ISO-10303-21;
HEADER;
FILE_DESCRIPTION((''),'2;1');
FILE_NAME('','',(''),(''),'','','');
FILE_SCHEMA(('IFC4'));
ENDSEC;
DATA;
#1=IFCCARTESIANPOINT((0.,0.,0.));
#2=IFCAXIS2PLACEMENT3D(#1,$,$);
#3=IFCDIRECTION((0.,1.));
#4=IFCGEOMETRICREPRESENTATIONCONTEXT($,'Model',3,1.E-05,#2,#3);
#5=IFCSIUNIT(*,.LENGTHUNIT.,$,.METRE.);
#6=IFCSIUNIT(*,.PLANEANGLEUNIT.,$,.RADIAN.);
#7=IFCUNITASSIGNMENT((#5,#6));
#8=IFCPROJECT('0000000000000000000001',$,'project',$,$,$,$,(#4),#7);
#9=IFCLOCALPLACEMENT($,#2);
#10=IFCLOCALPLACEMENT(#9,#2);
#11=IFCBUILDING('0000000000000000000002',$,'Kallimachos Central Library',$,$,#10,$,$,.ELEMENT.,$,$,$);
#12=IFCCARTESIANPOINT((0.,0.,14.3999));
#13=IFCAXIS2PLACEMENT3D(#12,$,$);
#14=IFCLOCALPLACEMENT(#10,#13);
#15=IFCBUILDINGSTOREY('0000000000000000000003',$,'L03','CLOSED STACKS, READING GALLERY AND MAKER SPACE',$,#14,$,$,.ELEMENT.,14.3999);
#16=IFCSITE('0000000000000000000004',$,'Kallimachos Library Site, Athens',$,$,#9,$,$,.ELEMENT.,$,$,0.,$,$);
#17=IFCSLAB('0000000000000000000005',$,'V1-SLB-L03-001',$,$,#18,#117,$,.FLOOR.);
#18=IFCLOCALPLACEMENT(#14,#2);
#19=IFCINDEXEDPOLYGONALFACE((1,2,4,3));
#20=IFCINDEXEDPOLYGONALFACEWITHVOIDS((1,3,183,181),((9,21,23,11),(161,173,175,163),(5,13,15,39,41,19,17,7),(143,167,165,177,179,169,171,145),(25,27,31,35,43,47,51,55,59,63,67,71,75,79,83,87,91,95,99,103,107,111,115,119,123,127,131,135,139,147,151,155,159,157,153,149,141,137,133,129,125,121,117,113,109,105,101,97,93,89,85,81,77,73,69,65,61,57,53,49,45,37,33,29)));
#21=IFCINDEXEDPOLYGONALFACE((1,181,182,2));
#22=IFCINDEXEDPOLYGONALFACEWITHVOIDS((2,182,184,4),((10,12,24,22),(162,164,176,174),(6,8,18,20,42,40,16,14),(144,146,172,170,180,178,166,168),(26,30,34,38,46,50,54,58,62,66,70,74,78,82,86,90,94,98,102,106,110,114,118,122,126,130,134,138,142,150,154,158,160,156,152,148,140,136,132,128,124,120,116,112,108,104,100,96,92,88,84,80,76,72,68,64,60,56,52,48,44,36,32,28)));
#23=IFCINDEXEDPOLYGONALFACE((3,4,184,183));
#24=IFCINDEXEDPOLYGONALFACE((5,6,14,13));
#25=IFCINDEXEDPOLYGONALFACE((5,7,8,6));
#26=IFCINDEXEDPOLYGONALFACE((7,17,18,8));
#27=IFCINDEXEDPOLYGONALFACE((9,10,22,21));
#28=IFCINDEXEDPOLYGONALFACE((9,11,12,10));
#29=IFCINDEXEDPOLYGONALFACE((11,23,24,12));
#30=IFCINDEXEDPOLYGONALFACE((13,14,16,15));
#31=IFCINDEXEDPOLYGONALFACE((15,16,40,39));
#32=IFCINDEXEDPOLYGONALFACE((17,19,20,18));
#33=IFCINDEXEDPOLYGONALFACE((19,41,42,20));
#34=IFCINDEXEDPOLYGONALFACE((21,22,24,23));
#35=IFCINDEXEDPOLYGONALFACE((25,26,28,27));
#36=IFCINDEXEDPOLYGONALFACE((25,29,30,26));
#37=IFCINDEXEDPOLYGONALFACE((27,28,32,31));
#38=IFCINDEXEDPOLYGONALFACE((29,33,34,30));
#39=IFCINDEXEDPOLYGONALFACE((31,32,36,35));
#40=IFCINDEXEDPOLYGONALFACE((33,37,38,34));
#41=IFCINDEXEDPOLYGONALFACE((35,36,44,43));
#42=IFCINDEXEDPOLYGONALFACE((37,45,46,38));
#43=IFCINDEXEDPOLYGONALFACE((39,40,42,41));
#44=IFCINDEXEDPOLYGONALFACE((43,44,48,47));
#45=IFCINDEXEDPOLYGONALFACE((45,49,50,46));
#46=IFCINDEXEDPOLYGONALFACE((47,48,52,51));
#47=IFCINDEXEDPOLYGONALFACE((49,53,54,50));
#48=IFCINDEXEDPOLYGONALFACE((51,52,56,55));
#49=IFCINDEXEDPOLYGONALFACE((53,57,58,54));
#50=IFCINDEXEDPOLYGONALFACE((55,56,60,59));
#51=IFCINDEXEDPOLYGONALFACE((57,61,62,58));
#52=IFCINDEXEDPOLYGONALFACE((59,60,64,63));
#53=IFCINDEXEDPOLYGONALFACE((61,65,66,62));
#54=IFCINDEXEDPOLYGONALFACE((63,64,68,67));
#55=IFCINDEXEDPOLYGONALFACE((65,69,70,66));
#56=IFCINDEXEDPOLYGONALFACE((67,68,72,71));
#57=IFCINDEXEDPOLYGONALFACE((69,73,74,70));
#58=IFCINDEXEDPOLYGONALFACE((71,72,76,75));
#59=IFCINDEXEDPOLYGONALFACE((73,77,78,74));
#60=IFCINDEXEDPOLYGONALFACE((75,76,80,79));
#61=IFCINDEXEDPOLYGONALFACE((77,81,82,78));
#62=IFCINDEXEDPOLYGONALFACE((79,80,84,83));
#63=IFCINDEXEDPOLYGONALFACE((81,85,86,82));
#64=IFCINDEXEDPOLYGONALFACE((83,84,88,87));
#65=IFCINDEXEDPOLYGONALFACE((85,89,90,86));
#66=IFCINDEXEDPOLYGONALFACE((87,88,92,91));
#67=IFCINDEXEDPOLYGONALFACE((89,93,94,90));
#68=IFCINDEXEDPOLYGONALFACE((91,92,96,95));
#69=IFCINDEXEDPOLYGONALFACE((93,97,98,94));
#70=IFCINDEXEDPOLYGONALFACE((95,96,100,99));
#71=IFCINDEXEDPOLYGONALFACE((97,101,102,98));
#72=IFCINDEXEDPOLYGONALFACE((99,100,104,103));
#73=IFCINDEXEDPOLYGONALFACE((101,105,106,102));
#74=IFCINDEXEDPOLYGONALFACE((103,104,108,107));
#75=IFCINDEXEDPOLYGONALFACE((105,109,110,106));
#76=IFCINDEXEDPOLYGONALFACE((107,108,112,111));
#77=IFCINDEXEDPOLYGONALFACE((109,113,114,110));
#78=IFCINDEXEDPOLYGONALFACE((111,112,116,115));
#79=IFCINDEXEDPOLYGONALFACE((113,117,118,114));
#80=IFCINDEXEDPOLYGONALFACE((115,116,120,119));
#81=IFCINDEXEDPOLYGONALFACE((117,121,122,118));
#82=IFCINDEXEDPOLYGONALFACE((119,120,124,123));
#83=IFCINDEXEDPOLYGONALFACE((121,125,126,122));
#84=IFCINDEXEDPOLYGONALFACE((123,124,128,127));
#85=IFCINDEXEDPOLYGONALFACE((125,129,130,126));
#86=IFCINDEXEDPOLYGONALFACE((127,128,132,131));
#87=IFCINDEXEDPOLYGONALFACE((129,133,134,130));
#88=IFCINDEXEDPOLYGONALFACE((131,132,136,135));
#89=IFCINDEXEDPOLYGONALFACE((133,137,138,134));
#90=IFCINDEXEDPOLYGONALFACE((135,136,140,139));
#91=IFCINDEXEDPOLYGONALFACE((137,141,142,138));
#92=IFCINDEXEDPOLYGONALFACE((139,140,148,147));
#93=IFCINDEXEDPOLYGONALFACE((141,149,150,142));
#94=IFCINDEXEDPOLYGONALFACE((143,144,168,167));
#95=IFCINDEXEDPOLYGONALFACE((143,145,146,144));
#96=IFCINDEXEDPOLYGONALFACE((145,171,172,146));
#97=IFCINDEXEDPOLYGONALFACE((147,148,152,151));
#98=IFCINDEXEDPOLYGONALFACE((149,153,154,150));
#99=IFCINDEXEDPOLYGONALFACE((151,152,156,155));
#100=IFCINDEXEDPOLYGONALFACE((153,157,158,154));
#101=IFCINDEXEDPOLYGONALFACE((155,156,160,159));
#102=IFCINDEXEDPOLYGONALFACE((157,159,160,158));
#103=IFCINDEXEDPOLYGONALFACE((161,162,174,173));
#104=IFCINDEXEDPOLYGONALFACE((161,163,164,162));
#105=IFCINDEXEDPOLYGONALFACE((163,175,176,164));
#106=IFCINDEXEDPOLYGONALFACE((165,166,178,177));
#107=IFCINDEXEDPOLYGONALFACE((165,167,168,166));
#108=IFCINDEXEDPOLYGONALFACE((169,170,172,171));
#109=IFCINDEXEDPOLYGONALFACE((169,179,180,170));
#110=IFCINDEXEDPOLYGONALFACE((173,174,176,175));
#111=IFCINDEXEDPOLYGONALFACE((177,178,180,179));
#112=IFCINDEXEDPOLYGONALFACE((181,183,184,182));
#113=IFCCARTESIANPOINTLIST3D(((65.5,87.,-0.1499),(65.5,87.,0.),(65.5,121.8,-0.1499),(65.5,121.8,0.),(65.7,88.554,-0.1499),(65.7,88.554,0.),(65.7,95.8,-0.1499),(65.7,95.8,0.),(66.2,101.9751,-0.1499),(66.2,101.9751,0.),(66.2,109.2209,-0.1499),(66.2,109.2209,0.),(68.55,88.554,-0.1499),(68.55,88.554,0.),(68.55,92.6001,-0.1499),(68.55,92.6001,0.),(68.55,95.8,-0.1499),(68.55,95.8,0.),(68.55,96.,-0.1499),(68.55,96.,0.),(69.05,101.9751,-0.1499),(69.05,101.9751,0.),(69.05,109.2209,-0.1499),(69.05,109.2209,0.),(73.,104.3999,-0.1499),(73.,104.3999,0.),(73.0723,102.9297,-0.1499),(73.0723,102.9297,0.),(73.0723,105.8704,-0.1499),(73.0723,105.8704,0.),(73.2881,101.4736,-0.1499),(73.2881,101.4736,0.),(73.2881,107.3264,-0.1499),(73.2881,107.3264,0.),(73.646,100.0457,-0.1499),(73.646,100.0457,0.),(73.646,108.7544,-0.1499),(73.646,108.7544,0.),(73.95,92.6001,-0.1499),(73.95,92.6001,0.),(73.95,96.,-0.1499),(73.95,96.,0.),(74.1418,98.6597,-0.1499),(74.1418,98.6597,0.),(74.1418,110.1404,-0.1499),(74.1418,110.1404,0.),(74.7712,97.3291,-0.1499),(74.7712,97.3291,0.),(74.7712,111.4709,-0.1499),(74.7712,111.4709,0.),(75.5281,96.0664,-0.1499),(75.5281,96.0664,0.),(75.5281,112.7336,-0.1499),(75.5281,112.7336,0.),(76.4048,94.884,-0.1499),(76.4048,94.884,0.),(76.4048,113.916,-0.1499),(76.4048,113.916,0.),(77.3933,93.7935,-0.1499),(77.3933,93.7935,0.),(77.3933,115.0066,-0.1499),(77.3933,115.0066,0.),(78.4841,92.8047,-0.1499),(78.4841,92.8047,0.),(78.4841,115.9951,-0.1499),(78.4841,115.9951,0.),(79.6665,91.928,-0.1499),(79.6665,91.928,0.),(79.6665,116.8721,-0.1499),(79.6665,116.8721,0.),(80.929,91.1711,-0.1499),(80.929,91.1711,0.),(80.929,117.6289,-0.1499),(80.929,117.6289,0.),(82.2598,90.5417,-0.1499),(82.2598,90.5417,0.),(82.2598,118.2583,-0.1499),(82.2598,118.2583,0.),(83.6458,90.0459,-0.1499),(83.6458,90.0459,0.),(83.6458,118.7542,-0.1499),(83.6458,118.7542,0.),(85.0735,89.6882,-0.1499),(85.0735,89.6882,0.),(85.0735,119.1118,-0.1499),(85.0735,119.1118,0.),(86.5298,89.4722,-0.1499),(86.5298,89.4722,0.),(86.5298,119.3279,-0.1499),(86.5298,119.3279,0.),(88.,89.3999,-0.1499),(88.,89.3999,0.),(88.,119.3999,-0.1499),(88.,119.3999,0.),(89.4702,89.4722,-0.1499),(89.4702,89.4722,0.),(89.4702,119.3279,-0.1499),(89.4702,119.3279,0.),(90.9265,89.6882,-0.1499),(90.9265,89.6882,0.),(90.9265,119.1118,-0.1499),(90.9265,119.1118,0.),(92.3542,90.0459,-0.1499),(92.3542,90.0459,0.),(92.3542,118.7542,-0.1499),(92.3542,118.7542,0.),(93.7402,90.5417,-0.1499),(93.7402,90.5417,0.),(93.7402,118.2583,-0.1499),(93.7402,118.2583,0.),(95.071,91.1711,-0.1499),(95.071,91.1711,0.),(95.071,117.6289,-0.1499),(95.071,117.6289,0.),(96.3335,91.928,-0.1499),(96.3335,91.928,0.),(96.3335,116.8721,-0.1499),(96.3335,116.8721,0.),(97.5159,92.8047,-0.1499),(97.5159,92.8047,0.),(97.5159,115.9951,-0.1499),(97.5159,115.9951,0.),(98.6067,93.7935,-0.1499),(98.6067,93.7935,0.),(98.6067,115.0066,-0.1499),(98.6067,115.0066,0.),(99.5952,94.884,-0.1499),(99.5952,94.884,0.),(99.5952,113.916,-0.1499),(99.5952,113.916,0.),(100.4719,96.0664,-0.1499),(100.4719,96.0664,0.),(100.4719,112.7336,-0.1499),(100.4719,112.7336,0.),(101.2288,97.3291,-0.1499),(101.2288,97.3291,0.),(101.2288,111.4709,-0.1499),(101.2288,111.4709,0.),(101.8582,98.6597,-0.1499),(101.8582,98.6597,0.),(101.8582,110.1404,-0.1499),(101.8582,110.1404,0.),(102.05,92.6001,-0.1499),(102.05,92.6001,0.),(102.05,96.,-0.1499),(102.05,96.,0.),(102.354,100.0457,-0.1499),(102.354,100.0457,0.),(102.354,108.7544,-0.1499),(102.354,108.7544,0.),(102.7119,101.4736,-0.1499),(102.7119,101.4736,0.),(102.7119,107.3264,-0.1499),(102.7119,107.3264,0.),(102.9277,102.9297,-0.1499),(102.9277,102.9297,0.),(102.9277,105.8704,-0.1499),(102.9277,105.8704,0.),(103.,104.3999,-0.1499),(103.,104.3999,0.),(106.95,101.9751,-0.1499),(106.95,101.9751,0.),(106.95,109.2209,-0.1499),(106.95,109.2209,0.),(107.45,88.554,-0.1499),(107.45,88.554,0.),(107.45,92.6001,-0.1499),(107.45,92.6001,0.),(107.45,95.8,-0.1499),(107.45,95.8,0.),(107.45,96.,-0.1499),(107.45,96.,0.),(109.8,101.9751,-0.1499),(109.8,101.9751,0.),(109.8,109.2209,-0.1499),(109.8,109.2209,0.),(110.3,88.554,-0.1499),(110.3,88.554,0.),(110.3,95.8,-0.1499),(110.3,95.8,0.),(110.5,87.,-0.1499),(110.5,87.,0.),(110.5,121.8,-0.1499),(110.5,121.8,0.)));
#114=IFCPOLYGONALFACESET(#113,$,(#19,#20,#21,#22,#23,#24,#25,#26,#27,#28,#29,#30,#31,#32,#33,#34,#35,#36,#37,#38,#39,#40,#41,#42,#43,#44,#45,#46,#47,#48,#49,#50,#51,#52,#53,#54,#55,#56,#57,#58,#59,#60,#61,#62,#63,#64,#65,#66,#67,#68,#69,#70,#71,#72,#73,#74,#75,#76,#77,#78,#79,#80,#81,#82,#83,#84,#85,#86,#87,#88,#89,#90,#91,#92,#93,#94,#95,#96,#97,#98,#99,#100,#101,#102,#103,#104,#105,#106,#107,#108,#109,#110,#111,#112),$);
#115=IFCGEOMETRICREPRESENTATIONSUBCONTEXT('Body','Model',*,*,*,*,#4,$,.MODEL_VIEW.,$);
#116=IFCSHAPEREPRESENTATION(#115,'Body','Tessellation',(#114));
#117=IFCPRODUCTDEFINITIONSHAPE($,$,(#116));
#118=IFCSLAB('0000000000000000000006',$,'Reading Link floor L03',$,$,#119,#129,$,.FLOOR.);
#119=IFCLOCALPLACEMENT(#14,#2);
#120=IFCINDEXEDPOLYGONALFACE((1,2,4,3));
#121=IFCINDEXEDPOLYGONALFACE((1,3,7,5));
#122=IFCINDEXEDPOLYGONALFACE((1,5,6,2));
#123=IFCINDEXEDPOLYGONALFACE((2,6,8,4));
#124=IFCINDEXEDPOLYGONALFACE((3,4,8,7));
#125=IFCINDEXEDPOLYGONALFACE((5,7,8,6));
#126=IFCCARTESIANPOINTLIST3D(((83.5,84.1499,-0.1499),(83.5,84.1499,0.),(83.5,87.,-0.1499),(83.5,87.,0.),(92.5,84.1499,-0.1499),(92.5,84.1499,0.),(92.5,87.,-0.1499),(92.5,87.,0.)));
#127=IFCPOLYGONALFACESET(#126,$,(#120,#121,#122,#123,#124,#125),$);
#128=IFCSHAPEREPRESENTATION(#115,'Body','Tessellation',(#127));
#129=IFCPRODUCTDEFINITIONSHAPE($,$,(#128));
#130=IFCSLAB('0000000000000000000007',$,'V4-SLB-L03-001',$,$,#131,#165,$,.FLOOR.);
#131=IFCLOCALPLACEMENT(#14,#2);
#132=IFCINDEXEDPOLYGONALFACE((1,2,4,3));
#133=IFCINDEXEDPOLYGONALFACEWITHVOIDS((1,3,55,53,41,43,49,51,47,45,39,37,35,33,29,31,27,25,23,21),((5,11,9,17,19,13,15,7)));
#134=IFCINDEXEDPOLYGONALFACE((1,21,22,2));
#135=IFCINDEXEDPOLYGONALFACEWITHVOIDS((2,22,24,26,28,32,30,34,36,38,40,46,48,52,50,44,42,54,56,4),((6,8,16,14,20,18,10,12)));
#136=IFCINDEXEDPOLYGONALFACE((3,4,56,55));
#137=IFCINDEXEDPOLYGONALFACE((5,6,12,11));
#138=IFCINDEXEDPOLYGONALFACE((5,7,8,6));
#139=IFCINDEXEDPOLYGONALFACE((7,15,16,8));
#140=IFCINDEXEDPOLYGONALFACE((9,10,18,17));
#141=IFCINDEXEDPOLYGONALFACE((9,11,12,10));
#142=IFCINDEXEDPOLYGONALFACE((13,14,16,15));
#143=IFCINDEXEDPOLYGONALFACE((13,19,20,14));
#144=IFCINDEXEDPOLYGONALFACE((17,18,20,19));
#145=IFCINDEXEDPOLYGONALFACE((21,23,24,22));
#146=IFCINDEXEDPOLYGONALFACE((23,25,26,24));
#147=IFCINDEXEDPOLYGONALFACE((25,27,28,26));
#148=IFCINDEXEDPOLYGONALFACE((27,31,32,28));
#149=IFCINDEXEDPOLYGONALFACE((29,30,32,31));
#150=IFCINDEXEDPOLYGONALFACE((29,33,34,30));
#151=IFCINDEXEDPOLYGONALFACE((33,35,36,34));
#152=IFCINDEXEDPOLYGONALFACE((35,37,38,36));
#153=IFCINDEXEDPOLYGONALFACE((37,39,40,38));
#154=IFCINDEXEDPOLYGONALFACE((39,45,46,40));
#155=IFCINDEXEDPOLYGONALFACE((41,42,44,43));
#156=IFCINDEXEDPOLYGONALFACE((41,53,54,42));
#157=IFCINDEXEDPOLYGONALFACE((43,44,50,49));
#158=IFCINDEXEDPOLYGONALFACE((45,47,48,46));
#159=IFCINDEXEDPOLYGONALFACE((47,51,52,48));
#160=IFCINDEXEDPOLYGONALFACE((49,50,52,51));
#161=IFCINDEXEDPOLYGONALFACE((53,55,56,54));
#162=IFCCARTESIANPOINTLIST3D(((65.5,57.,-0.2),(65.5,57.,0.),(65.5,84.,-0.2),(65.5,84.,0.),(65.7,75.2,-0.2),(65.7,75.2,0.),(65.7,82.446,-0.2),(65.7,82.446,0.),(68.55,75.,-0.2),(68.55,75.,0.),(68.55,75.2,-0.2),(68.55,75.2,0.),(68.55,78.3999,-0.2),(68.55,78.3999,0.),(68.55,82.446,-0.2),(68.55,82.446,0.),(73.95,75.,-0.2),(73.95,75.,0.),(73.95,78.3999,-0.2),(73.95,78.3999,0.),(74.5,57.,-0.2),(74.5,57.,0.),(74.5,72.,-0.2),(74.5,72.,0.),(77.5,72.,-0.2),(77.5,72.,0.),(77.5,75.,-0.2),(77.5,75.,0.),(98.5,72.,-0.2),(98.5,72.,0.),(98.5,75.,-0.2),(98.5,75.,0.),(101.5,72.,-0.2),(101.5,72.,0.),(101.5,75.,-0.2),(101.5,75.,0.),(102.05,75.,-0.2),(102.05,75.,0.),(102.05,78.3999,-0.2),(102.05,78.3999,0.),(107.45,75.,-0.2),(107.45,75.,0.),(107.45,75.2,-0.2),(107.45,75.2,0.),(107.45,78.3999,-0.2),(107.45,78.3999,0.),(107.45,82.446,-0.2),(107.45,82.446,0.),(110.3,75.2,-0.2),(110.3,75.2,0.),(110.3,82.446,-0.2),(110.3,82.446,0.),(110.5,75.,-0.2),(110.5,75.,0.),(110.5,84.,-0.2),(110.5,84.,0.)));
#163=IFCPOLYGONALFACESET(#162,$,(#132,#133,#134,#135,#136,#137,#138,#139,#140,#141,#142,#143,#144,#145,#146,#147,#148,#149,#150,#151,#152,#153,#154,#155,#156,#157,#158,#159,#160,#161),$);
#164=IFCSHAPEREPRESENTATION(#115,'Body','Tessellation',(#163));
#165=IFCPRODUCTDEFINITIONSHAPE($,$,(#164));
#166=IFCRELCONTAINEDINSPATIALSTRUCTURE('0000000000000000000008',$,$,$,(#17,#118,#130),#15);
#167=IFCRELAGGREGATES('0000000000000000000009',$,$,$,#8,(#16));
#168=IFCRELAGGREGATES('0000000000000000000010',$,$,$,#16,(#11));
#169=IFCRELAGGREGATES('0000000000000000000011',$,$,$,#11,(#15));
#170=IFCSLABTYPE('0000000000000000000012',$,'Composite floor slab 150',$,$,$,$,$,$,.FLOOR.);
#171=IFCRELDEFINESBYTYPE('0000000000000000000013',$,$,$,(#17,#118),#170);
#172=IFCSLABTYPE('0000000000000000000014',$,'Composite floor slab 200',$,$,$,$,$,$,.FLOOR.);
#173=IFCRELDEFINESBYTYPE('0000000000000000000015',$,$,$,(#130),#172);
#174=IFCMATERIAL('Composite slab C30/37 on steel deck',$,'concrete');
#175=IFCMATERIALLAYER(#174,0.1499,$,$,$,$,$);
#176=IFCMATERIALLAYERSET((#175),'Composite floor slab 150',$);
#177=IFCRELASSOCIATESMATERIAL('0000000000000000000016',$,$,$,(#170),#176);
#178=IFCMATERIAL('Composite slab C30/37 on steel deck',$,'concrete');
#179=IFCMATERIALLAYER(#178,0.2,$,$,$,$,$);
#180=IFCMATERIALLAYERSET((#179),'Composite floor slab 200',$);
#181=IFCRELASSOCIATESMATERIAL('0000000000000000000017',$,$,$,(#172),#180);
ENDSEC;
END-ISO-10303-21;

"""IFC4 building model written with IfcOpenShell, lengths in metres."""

from ifc_helpers import new_model, si_unit, direction, frame, origin, place, context, subcontext, project, spatial, polyline, outline, extrude, material, layer, layer_set, type_object, element, save


model = new_model("IFC4")

# Units and contexts
model_context = context("Model", 3, precision=1e-05, world=origin(), true_north=direction((0.0, 1.0)))
body_context = subcontext(model_context, "Body", "Model", "MODEL_VIEW")
ifc_project = project(units=[si_unit("LENGTHUNIT", "METRE"), si_unit("PLANEANGLEUNIT", "RADIAN")], contexts=[model_context])

# Site, building, storey
site_placement = place(None, origin())
site = spatial("IfcSite", under=ifc_project, at=site_placement, Name="Kallimachos Library Site, Athens", CompositionType="ELEMENT", RefElevation=0.0)
building_placement = place(site_placement, origin())
building = spatial("IfcBuilding", under=site, at=building_placement, Name="Kallimachos Central Library", CompositionType="ELEMENT")
storey_placement = place(building_placement, frame((0.0, 0.0, 14.3999)))
storey = spatial("IfcBuildingStorey", under=building, at=storey_placement, Name="L03", Description="CLOSED STACKS, READING GALLERY AND MAKER SPACE", CompositionType="ELEMENT", Elevation=14.3999)

# Slabs
ifc_material_1 = material(Name="Composite slab C30/37 on steel deck", Category="concrete")
ifc_layer_1 = layer(ifc_material_1, 0.1499)
ifc_layer_set_1 = layer_set([ifc_layer_1], Name="Composite floor slab 150")
slab_type_1 = type_object("IfcSlabType", Name="Composite floor slab 150", PredefinedType="FLOOR", material=ifc_layer_set_1)
slab_1_placement = place(storey_placement, frame((0.0, 0.0, -0.1499)))
element("IfcSlab", 1, at=slab_1_placement, inside=storey, type_object=slab_type_1, Name="V1-SLB-L03-001", PredefinedType="FLOOR", context=body_context, shape_type="SweptSolid", body=[
    extrude(outline(polyline([(65.5, 121.8), (110.5, 121.8), (110.5, 87.0), (65.5, 87.0), (65.5, 121.8)]), holes=[polyline([(65.7, 95.8), (65.7, 88.554), (68.55, 88.554), (68.55, 92.6001), (73.95, 92.6001), (73.95, 96.0), (68.55, 96.0), (68.55, 95.8), (65.7, 95.8)]), polyline([(107.45, 95.8), (107.45, 96.0), (102.05, 96.0), (102.05, 92.6001), (107.45, 92.6001), (107.45, 88.554), (110.3, 88.554), (110.3, 95.8), (107.45, 95.8)]), polyline([(102.7119, 101.4736), (102.9277, 102.9297), (103.0, 104.3999), (102.9277, 105.8704), (102.7119, 107.3264), (102.354, 108.7544), (101.8582, 110.1404), (101.2288, 111.4709), (100.4719, 112.7336), (99.5952, 113.916), (98.6067, 115.0066), (97.5159, 115.9951), (96.3335, 116.8721), (95.071, 117.6289), (93.7402, 118.2583), (92.3542, 118.7542), (90.9265, 119.1118), (89.4702, 119.3279), (88.0, 119.3999), (86.5298, 119.3279), (85.0735, 119.1118), (83.6458, 118.7542), (82.2598, 118.2583), (80.929, 117.6289), (79.6665, 116.8721), (78.4841, 115.9951), (77.3933, 115.0066), (76.4048, 113.916), (75.5281, 112.7336), (74.7712, 111.4709), (74.1418, 110.1404), (73.646, 108.7544), (73.2881, 107.3264), (73.0723, 105.8704), (73.0, 104.3999), (73.0723, 102.9297), (73.2881, 101.4736), (73.646, 100.0457), (74.1418, 98.6597), (74.7712, 97.3291), (75.5281, 96.0664), (76.4048, 94.884), (77.3933, 93.7935), (78.4841, 92.8047), (79.6665, 91.928), (80.929, 91.1711), (82.2598, 90.5417), (83.6458, 90.0459), (85.0735, 89.6882), (86.5298, 89.4722), (88.0, 89.3999), (89.4702, 89.4722), (90.9265, 89.6882), (92.3542, 90.0459), (93.7402, 90.5417), (95.071, 91.1711), (96.3335, 91.928), (97.5159, 92.8047), (98.6067, 93.7935), (99.5952, 94.884), (100.4719, 96.0664), (101.2288, 97.3291), (101.8582, 98.6597), (102.354, 100.0457), (102.7119, 101.4736)]), polyline([(66.2, 101.9751), (69.05, 101.9751), (69.05, 109.2209), (66.2, 109.2209), (66.2, 101.9751)]), polyline([(106.95, 101.9751), (109.8, 101.9751), (109.8, 109.2209), (106.95, 109.2209), (106.95, 101.9751)])]), origin(), (0.0, 0.0, 1.0), 0.1499),
])
slab_2_placement = place(storey_placement, frame((0.0, 0.0, -0.1499)))
element("IfcSlab", 2, at=slab_2_placement, inside=storey, type_object=slab_type_1, Name="Reading Link floor L03", PredefinedType="FLOOR", context=body_context, shape_type="SweptSolid", body=[
    extrude(outline(polyline([(92.5, 84.1499), (83.5, 84.1499), (83.5, 87.0), (92.5, 87.0), (92.5, 84.1499)])), origin(), (0.0, 0.0, 1.0), 0.1499),
])
ifc_material_2 = material(Name="Composite slab C30/37 on steel deck", Category="concrete")
ifc_layer_2 = layer(ifc_material_2, 0.2)
ifc_layer_set_2 = layer_set([ifc_layer_2], Name="Composite floor slab 200")
slab_type_2 = type_object("IfcSlabType", Name="Composite floor slab 200", PredefinedType="FLOOR", material=ifc_layer_set_2)
slab_3_placement = place(storey_placement, frame((0.0, 0.0, -0.2)))
element("IfcSlab", 3, at=slab_3_placement, inside=storey, type_object=slab_type_2, Name="V4-SLB-L03-001", PredefinedType="FLOOR", context=body_context, shape_type="SweptSolid", body=[
    extrude(outline(polyline([(98.5, 75.0), (77.5, 75.0), (77.5, 72.0), (74.5, 72.0), (74.5, 57.0), (65.5, 57.0), (65.5, 84.0), (110.5, 84.0), (110.5, 75.0), (107.45, 75.0), (107.45, 75.2), (110.3, 75.2), (110.3, 82.446), (107.45, 82.446), (107.45, 78.3999), (102.05, 78.3999), (102.05, 75.0), (101.5, 75.0), (101.5, 72.0), (98.5, 72.0), (98.5, 75.0)]), holes=[polyline([(68.55, 75.0), (73.95, 75.0), (73.95, 78.3999), (68.55, 78.3999), (68.55, 82.446), (65.7, 82.446), (65.7, 75.2), (68.55, 75.2), (68.55, 75.0)])]), origin(), (0.0, 0.0, 1.0), 0.2),
])

save(model, "model.ifc")
